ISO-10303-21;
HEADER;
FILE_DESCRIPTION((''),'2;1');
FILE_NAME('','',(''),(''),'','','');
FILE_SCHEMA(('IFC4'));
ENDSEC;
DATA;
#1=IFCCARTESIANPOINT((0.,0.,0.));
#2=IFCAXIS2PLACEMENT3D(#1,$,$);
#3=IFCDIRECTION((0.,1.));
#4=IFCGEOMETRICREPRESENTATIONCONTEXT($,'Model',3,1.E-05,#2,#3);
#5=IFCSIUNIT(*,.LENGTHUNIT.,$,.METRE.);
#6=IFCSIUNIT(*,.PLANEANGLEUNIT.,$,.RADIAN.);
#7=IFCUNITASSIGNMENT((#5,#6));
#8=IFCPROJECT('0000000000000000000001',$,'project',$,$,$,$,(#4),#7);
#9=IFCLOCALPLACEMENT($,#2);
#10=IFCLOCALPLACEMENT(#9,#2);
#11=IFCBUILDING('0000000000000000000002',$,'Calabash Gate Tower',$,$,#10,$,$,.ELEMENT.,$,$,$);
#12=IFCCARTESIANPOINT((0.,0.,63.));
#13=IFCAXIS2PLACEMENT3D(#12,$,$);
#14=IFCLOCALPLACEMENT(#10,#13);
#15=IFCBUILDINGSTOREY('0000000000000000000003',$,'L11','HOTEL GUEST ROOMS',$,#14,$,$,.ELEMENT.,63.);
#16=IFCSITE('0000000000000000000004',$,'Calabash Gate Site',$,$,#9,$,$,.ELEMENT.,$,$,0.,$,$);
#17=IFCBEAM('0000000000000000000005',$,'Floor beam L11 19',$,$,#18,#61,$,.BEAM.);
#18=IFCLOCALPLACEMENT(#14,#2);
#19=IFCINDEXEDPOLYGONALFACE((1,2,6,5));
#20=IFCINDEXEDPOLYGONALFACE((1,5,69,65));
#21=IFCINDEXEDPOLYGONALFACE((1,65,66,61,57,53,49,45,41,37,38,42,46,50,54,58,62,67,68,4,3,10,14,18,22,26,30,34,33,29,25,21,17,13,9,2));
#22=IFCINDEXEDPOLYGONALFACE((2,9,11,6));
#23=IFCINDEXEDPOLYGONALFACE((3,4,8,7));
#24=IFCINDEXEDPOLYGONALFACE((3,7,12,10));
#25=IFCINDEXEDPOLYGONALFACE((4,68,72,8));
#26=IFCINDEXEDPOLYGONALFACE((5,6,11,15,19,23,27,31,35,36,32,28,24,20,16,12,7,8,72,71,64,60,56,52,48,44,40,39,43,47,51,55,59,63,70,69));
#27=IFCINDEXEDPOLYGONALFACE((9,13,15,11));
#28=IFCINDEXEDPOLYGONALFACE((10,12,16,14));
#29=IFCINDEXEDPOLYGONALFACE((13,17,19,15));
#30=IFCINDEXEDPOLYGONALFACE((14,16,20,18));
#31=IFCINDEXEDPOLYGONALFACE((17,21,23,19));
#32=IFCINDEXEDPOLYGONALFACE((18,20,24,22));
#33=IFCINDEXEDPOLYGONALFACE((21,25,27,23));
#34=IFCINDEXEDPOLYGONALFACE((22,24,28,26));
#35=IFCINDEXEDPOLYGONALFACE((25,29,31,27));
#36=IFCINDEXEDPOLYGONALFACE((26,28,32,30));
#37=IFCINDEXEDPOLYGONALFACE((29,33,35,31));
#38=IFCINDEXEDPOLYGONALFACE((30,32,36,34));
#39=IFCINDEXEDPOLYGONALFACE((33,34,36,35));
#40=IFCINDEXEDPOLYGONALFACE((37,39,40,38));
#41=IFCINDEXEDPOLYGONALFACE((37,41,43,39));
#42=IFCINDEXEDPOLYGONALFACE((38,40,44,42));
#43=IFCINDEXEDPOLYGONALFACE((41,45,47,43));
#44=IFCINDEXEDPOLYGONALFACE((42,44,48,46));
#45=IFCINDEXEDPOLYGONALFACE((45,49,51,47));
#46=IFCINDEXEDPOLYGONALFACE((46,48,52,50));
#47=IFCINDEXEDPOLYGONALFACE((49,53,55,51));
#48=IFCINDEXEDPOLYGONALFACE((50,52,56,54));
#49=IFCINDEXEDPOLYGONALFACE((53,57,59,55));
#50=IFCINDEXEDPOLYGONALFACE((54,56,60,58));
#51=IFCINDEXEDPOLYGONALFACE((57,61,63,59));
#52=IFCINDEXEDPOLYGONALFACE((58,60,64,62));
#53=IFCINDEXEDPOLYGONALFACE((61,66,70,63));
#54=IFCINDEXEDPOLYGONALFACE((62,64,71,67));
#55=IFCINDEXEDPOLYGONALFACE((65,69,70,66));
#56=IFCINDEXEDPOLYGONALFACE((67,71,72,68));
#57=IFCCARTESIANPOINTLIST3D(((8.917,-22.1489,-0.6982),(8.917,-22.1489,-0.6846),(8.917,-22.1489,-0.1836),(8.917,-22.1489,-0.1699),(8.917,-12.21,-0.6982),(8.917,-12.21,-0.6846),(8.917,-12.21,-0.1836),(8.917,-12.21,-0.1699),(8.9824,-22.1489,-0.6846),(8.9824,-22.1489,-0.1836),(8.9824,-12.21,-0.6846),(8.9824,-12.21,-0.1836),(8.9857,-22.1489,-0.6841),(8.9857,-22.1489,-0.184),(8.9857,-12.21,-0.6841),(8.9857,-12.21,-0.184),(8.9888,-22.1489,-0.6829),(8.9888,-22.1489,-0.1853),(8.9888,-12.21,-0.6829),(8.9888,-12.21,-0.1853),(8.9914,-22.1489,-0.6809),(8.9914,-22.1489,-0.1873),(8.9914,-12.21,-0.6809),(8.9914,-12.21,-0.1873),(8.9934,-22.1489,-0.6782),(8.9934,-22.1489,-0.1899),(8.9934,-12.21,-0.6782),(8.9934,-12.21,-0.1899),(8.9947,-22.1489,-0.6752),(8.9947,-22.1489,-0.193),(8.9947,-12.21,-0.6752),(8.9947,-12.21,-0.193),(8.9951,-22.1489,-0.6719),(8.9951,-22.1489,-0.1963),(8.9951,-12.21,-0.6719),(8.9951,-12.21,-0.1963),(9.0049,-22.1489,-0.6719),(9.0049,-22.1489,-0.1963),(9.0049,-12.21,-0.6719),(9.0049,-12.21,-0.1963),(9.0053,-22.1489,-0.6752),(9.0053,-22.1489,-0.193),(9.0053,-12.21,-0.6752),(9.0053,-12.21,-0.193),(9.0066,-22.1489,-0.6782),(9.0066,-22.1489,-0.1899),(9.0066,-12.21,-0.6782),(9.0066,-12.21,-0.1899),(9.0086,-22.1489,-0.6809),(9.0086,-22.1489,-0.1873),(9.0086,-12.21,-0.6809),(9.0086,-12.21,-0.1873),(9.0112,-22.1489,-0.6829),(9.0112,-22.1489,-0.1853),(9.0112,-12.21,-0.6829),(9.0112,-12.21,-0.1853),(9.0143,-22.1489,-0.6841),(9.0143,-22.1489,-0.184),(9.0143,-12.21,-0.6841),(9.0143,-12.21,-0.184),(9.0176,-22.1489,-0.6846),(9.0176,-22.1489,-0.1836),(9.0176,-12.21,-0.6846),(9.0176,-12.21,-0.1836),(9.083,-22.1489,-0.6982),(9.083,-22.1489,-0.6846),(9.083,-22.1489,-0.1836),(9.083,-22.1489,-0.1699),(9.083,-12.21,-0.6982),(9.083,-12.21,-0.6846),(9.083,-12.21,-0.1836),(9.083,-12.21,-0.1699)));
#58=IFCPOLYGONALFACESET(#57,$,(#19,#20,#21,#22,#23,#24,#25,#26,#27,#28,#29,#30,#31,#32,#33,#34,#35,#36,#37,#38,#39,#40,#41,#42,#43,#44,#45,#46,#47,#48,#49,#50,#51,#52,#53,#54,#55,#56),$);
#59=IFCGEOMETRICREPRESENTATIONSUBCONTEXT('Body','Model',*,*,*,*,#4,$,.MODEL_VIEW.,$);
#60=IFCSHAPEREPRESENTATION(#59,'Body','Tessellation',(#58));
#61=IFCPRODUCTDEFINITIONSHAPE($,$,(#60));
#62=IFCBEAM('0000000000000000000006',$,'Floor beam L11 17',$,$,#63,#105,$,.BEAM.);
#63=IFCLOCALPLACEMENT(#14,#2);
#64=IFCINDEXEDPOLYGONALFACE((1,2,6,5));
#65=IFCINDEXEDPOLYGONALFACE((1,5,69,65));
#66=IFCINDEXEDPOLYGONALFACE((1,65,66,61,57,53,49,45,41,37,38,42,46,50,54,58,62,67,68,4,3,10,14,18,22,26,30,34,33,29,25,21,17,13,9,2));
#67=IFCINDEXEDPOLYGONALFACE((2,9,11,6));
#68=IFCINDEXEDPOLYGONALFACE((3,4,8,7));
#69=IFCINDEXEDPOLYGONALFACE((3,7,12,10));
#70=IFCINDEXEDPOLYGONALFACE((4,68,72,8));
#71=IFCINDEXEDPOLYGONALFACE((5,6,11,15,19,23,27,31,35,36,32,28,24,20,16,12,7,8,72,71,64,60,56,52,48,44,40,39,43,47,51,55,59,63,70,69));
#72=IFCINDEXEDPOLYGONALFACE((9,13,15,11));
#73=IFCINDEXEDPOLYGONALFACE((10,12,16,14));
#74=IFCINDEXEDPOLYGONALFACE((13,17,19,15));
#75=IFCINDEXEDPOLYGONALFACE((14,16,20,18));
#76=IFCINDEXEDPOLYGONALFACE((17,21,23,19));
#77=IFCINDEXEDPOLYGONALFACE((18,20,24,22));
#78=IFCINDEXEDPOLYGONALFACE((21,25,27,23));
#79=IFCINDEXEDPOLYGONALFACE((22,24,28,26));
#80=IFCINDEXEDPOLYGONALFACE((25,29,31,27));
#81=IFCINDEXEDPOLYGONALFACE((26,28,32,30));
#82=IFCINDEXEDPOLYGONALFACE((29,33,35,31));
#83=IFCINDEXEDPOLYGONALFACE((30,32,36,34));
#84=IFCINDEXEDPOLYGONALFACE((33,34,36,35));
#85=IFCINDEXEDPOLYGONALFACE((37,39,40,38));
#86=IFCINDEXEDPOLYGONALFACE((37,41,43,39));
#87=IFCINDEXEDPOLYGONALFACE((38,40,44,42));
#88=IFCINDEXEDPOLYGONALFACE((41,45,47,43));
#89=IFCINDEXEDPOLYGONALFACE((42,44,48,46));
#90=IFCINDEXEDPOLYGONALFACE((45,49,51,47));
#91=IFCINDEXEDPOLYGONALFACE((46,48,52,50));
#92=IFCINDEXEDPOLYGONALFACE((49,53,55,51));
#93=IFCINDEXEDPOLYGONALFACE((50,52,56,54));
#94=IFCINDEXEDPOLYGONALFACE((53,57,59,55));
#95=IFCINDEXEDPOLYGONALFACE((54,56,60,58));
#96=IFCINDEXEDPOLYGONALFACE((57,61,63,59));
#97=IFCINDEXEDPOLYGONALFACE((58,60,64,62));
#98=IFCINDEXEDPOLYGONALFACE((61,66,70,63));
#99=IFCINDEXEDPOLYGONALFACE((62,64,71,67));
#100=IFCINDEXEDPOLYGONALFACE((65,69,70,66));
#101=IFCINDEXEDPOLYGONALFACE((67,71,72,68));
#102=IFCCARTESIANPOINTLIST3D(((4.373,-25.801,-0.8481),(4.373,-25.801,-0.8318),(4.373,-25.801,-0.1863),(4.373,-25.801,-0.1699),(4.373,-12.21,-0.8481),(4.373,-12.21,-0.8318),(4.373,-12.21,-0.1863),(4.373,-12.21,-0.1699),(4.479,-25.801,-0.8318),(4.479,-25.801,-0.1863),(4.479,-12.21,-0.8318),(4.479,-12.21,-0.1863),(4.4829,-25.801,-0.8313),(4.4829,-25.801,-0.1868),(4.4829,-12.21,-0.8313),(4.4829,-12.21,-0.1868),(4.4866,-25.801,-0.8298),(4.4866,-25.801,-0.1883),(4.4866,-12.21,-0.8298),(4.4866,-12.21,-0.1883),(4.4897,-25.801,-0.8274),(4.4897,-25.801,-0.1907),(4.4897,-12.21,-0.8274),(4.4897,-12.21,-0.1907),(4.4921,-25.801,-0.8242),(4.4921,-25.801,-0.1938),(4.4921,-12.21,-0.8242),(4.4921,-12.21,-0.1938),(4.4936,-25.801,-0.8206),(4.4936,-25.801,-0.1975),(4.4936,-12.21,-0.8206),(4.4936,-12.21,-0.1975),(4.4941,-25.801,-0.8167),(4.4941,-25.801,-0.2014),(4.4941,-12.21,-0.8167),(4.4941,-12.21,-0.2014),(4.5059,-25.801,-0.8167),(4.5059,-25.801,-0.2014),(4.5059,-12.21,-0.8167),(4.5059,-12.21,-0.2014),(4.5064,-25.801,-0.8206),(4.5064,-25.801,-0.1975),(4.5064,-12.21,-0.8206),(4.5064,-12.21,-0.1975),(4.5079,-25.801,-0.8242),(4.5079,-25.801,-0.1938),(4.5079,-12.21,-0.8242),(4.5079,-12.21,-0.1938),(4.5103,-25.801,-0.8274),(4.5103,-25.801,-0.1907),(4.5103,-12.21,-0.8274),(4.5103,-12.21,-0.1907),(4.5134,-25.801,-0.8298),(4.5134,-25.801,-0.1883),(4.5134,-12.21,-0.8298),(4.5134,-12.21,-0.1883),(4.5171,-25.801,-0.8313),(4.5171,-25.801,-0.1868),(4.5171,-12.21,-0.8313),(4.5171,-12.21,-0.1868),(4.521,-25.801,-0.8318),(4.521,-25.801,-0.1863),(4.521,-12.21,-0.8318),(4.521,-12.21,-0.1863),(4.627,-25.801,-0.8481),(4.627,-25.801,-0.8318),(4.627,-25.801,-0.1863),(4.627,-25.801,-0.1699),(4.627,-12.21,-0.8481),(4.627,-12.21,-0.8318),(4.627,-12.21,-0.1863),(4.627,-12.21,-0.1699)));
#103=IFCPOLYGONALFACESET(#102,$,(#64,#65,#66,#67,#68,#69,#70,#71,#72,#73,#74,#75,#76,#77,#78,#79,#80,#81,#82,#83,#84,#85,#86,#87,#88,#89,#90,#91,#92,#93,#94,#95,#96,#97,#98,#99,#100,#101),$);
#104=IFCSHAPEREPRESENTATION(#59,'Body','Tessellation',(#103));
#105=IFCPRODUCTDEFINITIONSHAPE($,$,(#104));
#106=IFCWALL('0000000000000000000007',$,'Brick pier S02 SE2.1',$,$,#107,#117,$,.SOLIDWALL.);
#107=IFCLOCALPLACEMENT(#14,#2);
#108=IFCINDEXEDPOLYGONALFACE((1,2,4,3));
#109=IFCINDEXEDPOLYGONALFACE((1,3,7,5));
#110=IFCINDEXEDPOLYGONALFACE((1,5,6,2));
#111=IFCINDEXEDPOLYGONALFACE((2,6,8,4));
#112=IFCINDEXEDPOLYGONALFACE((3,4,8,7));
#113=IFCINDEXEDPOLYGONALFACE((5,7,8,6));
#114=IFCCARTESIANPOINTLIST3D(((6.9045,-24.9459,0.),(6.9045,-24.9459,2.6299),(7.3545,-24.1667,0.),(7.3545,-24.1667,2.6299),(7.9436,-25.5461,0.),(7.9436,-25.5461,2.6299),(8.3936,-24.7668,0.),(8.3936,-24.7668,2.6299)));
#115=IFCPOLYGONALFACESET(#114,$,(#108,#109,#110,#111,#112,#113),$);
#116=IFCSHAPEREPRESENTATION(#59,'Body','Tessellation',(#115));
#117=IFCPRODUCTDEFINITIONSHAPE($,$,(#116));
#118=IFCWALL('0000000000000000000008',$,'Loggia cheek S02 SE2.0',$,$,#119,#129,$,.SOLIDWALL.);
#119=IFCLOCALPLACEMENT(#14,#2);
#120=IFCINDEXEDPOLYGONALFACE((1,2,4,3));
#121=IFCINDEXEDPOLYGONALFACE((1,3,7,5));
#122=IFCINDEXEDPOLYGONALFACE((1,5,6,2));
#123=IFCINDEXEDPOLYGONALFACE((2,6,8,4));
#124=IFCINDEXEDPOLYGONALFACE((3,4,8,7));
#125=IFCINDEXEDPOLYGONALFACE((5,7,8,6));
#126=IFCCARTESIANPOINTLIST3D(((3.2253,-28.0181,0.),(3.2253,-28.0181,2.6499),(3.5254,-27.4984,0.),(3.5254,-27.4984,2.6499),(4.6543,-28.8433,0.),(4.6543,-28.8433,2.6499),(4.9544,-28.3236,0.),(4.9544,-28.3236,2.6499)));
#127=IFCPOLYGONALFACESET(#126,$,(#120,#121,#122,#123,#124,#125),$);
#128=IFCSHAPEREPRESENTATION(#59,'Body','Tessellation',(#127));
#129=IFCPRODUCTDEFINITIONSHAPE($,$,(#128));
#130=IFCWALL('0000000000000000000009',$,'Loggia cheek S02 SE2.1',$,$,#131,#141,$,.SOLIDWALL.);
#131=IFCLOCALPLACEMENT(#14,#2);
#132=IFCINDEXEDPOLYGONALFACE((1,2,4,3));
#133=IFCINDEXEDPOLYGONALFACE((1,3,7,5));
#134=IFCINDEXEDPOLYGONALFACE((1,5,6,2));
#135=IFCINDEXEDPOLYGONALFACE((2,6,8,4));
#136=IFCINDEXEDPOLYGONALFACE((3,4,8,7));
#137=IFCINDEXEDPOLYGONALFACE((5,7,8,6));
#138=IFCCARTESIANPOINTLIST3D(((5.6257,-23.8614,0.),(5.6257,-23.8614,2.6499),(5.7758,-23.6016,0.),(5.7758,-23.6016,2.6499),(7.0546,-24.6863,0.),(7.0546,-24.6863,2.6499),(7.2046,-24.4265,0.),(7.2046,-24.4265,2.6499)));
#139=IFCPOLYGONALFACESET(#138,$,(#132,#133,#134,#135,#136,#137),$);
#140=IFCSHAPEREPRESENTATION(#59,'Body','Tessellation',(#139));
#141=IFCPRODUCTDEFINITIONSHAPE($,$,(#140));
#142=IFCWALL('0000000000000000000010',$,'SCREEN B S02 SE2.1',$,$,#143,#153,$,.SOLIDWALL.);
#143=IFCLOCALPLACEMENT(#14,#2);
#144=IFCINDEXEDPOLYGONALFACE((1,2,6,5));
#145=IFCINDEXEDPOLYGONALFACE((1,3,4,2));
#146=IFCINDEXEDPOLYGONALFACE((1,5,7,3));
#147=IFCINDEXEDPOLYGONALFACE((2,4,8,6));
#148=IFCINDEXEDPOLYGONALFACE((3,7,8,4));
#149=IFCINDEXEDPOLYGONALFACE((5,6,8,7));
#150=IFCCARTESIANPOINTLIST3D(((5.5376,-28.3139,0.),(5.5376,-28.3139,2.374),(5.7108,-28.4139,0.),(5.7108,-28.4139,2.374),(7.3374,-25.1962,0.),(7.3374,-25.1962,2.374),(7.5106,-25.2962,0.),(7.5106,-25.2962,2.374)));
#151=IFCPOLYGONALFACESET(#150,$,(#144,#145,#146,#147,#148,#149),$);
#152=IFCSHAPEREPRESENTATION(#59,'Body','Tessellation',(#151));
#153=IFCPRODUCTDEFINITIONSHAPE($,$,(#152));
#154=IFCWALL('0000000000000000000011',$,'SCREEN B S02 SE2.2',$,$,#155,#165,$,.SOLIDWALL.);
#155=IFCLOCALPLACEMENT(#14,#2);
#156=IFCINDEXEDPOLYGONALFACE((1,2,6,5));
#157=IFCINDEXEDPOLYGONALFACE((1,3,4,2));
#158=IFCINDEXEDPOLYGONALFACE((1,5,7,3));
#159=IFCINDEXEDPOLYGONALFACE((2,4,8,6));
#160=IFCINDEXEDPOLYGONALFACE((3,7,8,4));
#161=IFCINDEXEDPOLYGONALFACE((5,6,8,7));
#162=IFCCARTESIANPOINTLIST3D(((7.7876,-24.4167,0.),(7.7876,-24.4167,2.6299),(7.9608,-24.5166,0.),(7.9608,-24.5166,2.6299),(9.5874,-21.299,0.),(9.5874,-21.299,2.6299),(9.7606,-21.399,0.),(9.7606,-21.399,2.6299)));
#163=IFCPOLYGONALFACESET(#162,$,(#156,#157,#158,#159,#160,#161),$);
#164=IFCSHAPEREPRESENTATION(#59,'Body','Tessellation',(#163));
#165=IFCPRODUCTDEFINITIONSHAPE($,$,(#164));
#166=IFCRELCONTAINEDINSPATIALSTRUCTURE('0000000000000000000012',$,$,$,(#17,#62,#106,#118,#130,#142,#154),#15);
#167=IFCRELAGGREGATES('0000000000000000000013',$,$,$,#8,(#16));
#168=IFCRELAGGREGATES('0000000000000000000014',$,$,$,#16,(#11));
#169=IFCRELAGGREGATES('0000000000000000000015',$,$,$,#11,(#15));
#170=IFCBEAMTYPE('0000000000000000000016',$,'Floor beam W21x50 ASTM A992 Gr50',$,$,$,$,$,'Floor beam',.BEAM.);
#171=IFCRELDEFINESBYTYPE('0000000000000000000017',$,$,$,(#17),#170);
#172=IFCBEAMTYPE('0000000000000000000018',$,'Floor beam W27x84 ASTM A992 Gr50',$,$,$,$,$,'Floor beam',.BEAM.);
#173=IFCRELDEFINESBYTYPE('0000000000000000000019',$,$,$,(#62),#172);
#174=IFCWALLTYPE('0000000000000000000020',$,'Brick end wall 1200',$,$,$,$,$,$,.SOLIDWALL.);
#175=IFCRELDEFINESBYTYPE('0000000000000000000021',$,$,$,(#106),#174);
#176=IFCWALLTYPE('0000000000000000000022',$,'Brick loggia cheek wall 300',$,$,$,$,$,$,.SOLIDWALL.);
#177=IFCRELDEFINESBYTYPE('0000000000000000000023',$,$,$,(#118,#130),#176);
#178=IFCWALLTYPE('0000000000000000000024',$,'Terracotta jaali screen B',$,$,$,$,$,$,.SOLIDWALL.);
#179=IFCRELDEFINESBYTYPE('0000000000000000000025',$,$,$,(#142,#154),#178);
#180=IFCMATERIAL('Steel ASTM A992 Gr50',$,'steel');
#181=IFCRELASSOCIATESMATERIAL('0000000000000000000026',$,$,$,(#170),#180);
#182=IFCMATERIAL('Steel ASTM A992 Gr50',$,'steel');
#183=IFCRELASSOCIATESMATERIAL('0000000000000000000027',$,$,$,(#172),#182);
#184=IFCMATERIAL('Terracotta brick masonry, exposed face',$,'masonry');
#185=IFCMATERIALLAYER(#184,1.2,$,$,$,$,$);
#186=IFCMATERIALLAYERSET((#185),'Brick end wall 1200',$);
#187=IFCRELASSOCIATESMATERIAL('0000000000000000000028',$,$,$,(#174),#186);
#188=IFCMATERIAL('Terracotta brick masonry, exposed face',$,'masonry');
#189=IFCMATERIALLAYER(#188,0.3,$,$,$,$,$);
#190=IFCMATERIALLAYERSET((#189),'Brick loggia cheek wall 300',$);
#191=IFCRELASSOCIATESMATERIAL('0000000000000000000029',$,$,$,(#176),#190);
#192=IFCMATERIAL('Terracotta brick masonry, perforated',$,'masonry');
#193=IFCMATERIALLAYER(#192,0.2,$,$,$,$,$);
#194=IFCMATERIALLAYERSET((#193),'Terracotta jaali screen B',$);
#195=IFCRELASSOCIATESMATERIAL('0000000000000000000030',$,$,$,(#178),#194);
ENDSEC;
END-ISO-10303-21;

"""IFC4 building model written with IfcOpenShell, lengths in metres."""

from ifc_helpers import new_model, si_unit, direction, frame, frame_2d, origin, origin_2d, place, context, subcontext, project, spatial, rectangle, i_section, extrude, material, layer, layer_set, material_profile, profile_set, type_object, element, save


model = new_model("IFC4")

# Units and contexts
model_context = context("Model", 3, precision=1e-05, world=origin(), true_north=direction((0.0, 1.0)))
body_context = subcontext(model_context, "Body", "Model", "MODEL_VIEW")
ifc_project = project(units=[si_unit("LENGTHUNIT", "METRE"), si_unit("PLANEANGLEUNIT", "RADIAN")], contexts=[model_context])

# Site, building, storey
site_placement = place(None, origin())
site = spatial("IfcSite", under=ifc_project, at=site_placement, Name="Calabash Gate Site", CompositionType="ELEMENT", RefElevation=0.0)
building_placement = place(site_placement, origin())
building = spatial("IfcBuilding", under=site, at=building_placement, Name="Calabash Gate Tower", CompositionType="ELEMENT")
storey_placement = place(building_placement, frame((0.0, 0.0, 63.0)))
storey = spatial("IfcBuildingStorey", under=building, at=storey_placement, Name="L11", Description="HOTEL GUEST ROOMS", CompositionType="ELEMENT", Elevation=63.0)

# Beams
ifc_material_1 = material(Name="Steel ASTM A992 Gr50", Category="steel")
ifc_material_profile_1 = material_profile(ifc_material_1, i_section(OverallWidth=0.166, OverallDepth=0.5283, WebThickness=0.0098, FlangeThickness=0.0137, FilletRadius=0.0127, at=origin_2d()))
ifc_profile_set_1 = profile_set([ifc_material_profile_1], Name="Steel ASTM A992 Gr50")
beam_type_1 = type_object("IfcBeamType", Name="Floor beam W21x50 ASTM A992 Gr50", ElementType="Floor beam", PredefinedType="BEAM", material=ifc_profile_set_1)
beam_1_placement = place(storey_placement, frame((9.0, -22.1489, -0.4341), z_axis=(0.0, 1.0, 0.0), x_axis=(-1.0, 0.0, 0.0)))
element("IfcBeam", 1, at=beam_1_placement, inside=storey, type_object=beam_type_1, Name="Floor beam L11 19", PredefinedType="BEAM", context=body_context, shape_type="SweptSolid", body=[
    extrude(i_section(OverallWidth=0.166, OverallDepth=0.5283, WebThickness=0.0098, FlangeThickness=0.0137, FilletRadius=0.0127, at=origin_2d()), origin(), (0.0, 0.0, 1.0), 9.939),
])
ifc_material_2 = material(Name="Steel ASTM A992 Gr50", Category="steel")
ifc_material_profile_2 = material_profile(ifc_material_2, i_section(OverallWidth=0.2539, OverallDepth=0.6782, WebThickness=0.0117, FlangeThickness=0.0164, FilletRadius=0.0151, at=origin_2d()))
ifc_profile_set_2 = profile_set([ifc_material_profile_2], Name="Steel ASTM A992 Gr50")
beam_type_2 = type_object("IfcBeamType", Name="Floor beam W27x84 ASTM A992 Gr50", ElementType="Floor beam", PredefinedType="BEAM", material=ifc_profile_set_2)
beam_2_placement = place(storey_placement, frame((4.5, -25.801, -0.509), z_axis=(0.0, 1.0, 0.0), x_axis=(-1.0, 0.0, 0.0)))
element("IfcBeam", 2, at=beam_2_placement, inside=storey, type_object=beam_type_2, Name="Floor beam L11 17", PredefinedType="BEAM", context=body_context, shape_type="SweptSolid", body=[
    extrude(i_section(OverallWidth=0.2539, OverallDepth=0.6782, WebThickness=0.0117, FlangeThickness=0.0164, FilletRadius=0.0151, at=origin_2d()), origin(), (0.0, 0.0, 1.0), 13.5911),
])

# Walls
ifc_material_3 = material(Name="Terracotta brick masonry, exposed face", Category="masonry")
ifc_layer_1 = layer(ifc_material_3, 1.2)
ifc_layer_set_1 = layer_set([ifc_layer_1], Name="Brick end wall 1200")
wall_type_1 = type_object("IfcWallType", Name="Brick end wall 1200", PredefinedType="SOLIDWALL", material=ifc_layer_set_1)
wall_1_placement = place(storey_placement, frame((8.1687, -25.1565, 0.0), z_axis=(0.0, 0.0, 1.0), x_axis=(-0.865955, 0.500122, 0.0)))
element("IfcWall", 3, at=wall_1_placement, inside=storey, type_object=wall_type_1, Name="Brick pier S02 SE2.1", PredefinedType="SOLIDWALL", context=body_context, shape_type="SweptSolid", body=[
    extrude(rectangle(XDim=1.2, YDim=0.8999, at=frame_2d((0.6001, 0.0))), origin(), (0.0, 0.0, 1.0), 2.6299),
])
ifc_material_4 = material(Name="Terracotta brick masonry, exposed face", Category="masonry")
ifc_layer_2 = layer(ifc_material_4, 0.3)
ifc_layer_set_2 = layer_set([ifc_layer_2], Name="Brick loggia cheek wall 300")
wall_type_2 = type_object("IfcWallType", Name="Brick loggia cheek wall 300", PredefinedType="SOLIDWALL", material=ifc_layer_set_2)
wall_2_placement = place(storey_placement, frame((4.8044, -28.5835, 0.0), z_axis=(0.0, 0.0, 1.0), x_axis=(-0.865976, 0.500085, 0.0)))
element("IfcWall", 4, at=wall_2_placement, inside=storey, type_object=wall_type_2, Name="Loggia cheek S02 SE2.0", PredefinedType="SOLIDWALL", context=body_context, shape_type="SweptSolid", body=[
    extrude(rectangle(XDim=1.6501, YDim=0.6001, at=frame_2d((0.8252, 0.0))), origin(), (0.0, 0.0, 1.0), 2.6499),
])
wall_3_placement = place(storey_placement, frame((7.1296, -24.5564, 0.0), z_axis=(0.0, 0.0, 1.0), x_axis=(-0.86604, 0.499974, 0.0)))
element("IfcWall", 5, at=wall_3_placement, inside=storey, type_object=wall_type_2, Name="Loggia cheek S02 SE2.1", PredefinedType="SOLIDWALL", context=body_context, shape_type="SweptSolid", body=[
    extrude(rectangle(XDim=1.6499, YDim=0.3, at=frame_2d((0.825, 0.0))), origin(), (0.0, 0.0, 1.0), 2.6499),
])
ifc_material_5 = material(Name="Terracotta brick masonry, perforated", Category="masonry")
ifc_layer_3 = layer(ifc_material_5, 0.2)
ifc_layer_set_3 = layer_set([ifc_layer_3], Name="Terracotta jaali screen B")
wall_type_3 = type_object("IfcWallType", Name="Terracotta jaali screen B", PredefinedType="SOLIDWALL", material=ifc_layer_set_3)
wall_4_placement = place(storey_placement, frame((5.6243, -28.3638, 0.0), z_axis=(0.0, 0.0, 1.0), x_axis=(0.499961, 0.866048, 0.0)))
element("IfcWall", 6, at=wall_4_placement, inside=storey, type_object=wall_type_3, Name="SCREEN B S02 SE2.1", PredefinedType="SOLIDWALL", context=body_context, shape_type="SweptSolid", body=[
    extrude(rectangle(XDim=3.5999, YDim=0.2, at=frame_2d((1.7998, 0.0))), origin(), (0.0, 0.0, 1.0), 2.374),
])
wall_5_placement = place(storey_placement, frame((7.8743, -24.4666, 0.0), z_axis=(0.0, 0.0, 1.0), x_axis=(0.499961, 0.866048, 0.0)))
element("IfcWall", 7, at=wall_5_placement, inside=storey, type_object=wall_type_3, Name="SCREEN B S02 SE2.2", PredefinedType="SOLIDWALL", context=body_context, shape_type="SweptSolid", body=[
    extrude(rectangle(XDim=3.5999, YDim=0.2, at=frame_2d((1.7998, 0.0))), origin(), (0.0, 0.0, 1.0), 2.6299),
])

save(model, "model.ifc")
